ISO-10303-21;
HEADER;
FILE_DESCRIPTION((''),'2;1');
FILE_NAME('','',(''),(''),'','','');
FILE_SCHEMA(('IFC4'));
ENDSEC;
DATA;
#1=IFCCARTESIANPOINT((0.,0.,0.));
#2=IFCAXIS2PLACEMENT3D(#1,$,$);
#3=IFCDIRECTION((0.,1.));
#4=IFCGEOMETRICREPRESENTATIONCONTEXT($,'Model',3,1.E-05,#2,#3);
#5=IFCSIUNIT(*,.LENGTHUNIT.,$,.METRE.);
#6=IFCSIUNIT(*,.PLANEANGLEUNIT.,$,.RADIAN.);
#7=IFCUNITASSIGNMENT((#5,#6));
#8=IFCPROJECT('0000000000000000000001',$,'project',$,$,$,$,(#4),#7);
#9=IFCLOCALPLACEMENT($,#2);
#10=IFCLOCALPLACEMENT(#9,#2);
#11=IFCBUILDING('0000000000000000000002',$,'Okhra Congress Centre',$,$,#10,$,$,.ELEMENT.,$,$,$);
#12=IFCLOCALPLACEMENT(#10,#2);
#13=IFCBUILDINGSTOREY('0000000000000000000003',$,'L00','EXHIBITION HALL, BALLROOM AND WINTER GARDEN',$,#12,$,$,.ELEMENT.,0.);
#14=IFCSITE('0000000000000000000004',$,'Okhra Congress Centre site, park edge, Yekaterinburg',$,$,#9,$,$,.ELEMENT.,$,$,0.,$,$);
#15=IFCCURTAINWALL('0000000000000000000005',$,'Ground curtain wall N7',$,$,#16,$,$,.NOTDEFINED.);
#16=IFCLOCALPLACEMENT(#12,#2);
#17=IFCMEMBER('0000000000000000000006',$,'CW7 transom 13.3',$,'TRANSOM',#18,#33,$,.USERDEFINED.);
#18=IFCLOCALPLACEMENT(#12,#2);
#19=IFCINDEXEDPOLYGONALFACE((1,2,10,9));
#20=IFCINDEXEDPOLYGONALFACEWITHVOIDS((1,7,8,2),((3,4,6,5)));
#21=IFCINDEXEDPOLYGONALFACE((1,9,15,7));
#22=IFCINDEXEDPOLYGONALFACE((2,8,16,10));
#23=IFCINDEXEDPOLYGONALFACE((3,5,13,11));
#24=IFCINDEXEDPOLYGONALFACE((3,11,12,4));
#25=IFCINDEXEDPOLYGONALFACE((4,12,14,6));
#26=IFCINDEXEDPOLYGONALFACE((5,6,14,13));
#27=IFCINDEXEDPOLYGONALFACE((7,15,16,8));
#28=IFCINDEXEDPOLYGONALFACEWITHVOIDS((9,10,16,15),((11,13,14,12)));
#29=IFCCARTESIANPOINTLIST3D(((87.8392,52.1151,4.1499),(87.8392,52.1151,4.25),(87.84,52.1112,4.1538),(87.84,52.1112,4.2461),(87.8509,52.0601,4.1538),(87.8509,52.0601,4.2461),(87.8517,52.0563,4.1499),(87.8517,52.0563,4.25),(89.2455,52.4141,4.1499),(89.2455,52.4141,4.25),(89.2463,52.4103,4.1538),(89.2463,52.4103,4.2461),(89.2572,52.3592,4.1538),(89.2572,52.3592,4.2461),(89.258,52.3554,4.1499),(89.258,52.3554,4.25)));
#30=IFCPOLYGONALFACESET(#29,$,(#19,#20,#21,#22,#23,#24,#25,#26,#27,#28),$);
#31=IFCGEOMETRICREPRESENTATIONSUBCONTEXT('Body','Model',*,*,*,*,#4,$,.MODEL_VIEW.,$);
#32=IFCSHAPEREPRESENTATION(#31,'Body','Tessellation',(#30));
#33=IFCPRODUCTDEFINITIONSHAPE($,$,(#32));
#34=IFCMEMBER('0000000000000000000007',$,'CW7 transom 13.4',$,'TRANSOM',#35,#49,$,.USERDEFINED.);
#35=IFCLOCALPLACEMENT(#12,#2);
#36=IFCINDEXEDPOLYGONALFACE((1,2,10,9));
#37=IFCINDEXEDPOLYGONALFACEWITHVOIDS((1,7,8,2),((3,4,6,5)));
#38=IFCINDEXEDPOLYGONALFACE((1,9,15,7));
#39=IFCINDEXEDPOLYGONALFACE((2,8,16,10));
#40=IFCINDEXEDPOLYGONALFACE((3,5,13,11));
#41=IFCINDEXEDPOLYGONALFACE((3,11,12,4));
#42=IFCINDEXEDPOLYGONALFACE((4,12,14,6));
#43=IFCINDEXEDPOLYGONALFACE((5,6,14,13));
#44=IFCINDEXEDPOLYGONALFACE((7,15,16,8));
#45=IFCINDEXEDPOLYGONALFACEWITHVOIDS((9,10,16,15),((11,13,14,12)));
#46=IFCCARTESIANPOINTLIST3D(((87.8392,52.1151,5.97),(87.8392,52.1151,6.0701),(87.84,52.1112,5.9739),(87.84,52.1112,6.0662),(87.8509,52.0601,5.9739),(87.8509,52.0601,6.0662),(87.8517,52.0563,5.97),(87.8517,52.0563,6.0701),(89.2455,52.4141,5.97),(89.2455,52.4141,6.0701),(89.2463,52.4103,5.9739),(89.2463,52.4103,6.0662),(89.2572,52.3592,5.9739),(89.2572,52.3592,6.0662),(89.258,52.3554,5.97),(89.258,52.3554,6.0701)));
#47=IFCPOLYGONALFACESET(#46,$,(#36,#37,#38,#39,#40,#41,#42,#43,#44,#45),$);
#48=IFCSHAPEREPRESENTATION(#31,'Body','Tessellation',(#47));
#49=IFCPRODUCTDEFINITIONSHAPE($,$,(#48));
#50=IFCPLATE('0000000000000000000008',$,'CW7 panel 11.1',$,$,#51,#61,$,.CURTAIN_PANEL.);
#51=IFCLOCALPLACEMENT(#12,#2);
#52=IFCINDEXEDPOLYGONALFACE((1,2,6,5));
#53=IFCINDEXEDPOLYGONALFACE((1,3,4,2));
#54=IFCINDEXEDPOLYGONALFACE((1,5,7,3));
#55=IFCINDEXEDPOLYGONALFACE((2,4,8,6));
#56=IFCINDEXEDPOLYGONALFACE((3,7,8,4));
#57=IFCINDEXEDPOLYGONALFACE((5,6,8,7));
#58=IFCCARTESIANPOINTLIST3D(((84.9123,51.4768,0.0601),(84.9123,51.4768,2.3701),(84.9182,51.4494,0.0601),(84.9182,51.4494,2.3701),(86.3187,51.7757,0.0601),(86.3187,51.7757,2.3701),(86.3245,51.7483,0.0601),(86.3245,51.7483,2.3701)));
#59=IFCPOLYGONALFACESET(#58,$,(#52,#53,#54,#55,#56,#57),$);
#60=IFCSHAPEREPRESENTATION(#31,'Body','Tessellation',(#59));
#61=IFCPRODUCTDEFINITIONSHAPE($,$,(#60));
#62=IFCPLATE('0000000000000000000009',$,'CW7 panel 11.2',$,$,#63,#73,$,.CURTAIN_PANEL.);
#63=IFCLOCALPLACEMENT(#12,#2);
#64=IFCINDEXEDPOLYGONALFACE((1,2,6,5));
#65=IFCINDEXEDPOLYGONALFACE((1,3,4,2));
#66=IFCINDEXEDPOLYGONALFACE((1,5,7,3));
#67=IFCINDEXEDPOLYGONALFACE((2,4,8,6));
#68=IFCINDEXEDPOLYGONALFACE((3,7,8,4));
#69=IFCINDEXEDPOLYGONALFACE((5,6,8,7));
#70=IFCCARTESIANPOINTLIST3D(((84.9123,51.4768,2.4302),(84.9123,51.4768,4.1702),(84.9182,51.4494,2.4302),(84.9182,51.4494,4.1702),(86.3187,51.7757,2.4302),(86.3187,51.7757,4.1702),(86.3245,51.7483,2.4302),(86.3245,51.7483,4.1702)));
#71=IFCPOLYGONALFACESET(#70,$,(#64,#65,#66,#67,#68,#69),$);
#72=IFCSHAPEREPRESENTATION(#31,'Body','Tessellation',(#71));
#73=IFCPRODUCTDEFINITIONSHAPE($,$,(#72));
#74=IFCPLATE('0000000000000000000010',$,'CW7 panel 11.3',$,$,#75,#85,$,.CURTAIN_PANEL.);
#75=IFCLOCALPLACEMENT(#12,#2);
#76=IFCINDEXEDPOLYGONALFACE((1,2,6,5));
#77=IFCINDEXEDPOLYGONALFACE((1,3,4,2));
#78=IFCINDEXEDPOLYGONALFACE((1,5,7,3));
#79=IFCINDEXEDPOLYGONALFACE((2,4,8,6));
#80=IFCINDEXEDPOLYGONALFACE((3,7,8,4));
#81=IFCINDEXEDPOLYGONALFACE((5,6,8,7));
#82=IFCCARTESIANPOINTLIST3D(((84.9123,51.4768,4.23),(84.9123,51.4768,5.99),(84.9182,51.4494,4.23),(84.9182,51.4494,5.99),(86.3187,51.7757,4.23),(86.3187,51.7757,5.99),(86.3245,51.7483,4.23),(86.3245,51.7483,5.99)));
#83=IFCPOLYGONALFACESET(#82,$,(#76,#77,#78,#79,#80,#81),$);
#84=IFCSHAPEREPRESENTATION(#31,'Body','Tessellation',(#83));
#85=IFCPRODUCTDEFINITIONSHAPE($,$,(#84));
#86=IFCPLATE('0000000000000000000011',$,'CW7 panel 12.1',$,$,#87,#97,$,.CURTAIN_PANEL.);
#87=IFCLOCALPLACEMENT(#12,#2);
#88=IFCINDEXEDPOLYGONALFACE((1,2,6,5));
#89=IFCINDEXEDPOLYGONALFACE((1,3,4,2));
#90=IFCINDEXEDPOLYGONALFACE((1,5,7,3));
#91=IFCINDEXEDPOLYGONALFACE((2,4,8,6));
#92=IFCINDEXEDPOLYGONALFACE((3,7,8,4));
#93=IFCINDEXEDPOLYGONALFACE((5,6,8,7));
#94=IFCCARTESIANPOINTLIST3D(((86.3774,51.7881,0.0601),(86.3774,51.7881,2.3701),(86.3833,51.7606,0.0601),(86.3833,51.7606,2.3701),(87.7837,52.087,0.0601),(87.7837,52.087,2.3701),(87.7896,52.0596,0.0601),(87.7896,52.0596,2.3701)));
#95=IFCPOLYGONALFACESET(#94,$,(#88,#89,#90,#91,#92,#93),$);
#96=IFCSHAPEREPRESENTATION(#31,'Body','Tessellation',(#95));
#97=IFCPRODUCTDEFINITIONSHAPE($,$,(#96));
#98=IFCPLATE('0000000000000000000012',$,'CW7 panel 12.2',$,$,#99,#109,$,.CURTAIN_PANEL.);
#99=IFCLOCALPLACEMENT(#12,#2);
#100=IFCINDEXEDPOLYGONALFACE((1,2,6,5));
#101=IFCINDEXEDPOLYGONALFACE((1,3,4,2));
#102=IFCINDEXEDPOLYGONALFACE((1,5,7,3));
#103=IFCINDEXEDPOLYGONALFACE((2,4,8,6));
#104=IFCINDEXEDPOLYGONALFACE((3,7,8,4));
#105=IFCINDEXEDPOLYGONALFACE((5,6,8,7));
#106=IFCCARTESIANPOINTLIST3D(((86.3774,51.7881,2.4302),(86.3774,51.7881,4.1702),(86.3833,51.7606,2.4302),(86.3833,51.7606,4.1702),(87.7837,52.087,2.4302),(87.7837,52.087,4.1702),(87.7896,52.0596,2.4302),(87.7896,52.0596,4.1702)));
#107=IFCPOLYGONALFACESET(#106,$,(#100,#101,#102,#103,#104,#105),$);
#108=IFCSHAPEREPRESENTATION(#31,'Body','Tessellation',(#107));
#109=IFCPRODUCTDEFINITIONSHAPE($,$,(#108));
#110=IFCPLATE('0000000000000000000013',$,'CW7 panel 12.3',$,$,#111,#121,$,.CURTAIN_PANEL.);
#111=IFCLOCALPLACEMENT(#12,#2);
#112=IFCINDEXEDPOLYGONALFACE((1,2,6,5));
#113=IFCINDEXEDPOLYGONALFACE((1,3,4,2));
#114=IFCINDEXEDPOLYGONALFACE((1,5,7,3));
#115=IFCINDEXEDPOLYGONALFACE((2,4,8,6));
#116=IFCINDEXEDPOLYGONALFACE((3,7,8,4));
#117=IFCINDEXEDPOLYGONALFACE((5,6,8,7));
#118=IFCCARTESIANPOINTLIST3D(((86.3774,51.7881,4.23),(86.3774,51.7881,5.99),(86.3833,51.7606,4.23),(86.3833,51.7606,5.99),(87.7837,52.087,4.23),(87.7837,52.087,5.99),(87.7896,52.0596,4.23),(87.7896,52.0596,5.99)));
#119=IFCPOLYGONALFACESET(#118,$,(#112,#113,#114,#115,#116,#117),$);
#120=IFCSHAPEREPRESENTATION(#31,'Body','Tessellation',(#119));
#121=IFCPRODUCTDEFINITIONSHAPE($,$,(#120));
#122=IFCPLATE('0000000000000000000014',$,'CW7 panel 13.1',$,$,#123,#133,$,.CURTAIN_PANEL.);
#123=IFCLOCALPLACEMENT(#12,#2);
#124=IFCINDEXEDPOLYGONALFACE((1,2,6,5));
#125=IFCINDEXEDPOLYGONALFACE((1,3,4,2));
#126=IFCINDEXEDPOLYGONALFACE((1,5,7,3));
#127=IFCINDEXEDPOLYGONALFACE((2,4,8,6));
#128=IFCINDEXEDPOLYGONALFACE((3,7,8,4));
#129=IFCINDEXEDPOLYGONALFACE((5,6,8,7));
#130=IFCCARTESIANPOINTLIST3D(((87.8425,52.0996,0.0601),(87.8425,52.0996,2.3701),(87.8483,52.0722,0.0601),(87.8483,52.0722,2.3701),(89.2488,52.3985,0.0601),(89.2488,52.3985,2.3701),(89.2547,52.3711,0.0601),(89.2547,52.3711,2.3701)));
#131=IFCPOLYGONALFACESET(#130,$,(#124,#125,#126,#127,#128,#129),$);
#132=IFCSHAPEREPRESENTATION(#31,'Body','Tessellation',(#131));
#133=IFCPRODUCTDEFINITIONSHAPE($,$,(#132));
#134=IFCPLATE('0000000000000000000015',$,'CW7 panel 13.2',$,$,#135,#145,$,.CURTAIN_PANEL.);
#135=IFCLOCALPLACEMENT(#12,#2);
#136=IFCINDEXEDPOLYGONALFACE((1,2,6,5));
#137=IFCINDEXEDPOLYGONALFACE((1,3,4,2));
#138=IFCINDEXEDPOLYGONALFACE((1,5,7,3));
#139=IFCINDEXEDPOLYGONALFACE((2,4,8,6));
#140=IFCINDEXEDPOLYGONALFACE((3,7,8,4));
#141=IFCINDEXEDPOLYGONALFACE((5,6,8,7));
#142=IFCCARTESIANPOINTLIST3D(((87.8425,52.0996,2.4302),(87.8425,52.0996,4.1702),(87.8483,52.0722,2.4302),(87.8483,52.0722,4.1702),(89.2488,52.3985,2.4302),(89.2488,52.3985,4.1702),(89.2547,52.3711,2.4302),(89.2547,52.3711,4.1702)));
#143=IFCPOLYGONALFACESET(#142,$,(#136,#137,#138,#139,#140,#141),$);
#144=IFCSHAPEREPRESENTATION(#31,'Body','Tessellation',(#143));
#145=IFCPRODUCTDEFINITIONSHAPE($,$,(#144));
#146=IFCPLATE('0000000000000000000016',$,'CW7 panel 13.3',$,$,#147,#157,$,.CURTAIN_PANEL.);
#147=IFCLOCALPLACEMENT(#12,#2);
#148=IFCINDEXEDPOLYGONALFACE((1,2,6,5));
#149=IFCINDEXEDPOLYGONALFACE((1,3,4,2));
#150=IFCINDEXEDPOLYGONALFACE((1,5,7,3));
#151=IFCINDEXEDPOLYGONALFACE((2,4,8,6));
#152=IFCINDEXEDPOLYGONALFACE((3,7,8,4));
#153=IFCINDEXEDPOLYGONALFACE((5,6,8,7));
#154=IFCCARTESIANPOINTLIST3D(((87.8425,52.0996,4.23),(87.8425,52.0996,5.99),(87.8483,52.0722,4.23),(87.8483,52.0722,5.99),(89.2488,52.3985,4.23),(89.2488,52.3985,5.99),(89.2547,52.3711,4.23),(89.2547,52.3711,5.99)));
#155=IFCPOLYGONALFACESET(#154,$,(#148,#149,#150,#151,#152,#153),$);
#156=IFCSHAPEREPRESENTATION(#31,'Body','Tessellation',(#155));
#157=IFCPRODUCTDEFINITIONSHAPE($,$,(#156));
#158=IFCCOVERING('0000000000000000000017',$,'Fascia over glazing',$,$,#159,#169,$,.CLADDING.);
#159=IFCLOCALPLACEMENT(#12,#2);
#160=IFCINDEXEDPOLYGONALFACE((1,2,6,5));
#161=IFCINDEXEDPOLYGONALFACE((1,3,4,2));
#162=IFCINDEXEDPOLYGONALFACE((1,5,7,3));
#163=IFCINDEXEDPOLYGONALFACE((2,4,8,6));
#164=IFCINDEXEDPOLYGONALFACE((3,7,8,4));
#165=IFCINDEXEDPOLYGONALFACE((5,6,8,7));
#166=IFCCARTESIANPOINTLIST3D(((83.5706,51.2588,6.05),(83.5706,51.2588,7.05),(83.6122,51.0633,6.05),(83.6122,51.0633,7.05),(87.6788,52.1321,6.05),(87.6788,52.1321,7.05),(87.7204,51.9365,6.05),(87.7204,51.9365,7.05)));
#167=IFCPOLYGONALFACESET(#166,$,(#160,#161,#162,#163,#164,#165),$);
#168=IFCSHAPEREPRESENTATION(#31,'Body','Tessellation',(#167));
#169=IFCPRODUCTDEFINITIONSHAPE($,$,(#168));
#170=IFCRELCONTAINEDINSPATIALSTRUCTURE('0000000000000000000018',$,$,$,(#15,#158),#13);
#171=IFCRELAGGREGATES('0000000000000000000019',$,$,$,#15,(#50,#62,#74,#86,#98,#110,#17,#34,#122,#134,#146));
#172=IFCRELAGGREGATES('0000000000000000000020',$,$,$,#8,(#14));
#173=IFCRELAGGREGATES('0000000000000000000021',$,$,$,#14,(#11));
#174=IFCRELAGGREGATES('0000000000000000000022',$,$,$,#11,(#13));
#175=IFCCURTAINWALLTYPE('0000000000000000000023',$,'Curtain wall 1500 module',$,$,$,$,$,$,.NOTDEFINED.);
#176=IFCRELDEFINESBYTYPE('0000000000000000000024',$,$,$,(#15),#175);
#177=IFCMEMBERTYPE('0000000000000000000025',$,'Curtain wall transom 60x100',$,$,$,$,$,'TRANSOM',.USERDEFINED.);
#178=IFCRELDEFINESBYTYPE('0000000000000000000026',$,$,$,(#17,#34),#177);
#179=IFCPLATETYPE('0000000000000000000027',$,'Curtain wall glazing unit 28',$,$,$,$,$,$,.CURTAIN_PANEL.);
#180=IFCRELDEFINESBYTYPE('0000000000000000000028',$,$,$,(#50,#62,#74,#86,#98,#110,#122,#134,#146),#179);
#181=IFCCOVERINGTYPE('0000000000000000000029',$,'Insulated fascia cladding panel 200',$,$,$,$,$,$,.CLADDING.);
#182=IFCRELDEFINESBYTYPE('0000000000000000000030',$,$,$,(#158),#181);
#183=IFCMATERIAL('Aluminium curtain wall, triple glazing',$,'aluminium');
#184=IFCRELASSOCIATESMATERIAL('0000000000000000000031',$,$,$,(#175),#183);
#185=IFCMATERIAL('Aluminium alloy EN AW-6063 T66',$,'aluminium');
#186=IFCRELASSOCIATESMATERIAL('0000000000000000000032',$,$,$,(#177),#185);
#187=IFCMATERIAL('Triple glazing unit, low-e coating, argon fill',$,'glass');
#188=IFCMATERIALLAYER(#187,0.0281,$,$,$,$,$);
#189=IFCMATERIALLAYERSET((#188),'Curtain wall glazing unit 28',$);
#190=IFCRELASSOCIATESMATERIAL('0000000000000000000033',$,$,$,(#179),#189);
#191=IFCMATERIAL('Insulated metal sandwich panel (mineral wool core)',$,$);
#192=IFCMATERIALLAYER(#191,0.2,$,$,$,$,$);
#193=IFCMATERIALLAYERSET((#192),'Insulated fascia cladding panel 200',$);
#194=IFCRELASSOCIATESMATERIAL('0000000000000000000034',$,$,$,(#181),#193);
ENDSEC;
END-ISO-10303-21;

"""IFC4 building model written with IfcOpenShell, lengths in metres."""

from ifc_helpers import new_model, si_unit, direction, frame, origin, origin_2d, place, context, subcontext, project, spatial, rectangle, hollow_rectangle, extrude, material, layer, layer_set, material_profile, profile_set, type_object, element, aggregate, save


model = new_model("IFC4")

# Units and contexts
model_context = context("Model", 3, precision=1e-05, world=origin(), true_north=direction((0.0, 1.0)))
body_context = subcontext(model_context, "Body", "Model", "MODEL_VIEW")
ifc_project = project(units=[si_unit("LENGTHUNIT", "METRE"), si_unit("PLANEANGLEUNIT", "RADIAN")], contexts=[model_context])

# Site, building, storey
site_placement = place(None, origin())
site = spatial("IfcSite", under=ifc_project, at=site_placement, Name="Okhra Congress Centre site, park edge, Yekaterinburg", CompositionType="ELEMENT", RefElevation=0.0)
building_placement = place(site_placement, origin())
building = spatial("IfcBuilding", under=site, at=building_placement, Name="Okhra Congress Centre", CompositionType="ELEMENT")
storey_placement = place(building_placement, origin())
storey = spatial("IfcBuildingStorey", under=building, at=storey_placement, Name="L00", Description="EXHIBITION HALL, BALLROOM AND WINTER GARDEN", CompositionType="ELEMENT", Elevation=0.0)

# Curtain wall, members, plates
ifc_material_1 = material(Name="Aluminium curtain wall, triple glazing", Category="aluminium")
curtain_wall_type = type_object("IfcCurtainWallType", Name="Curtain wall 1500 module", PredefinedType="NOTDEFINED", material=ifc_material_1)
curtain_wall_placement = place(storey_placement, origin())
curtain_wall = element("IfcCurtainWall", 1, at=curtain_wall_placement, inside=storey, type_object=curtain_wall_type, Name="Ground curtain wall N7", PredefinedType="NOTDEFINED")
ifc_material_2 = material(Name="Aluminium alloy EN AW-6063 T66", Category="aluminium")
ifc_material_profile_1 = material_profile(ifc_material_2, hollow_rectangle(XDim=0.0601, YDim=0.1001, WallThickness=0.0039, at=origin_2d()), Name="RHS 60x100x4")
ifc_profile_set_1 = profile_set([ifc_material_profile_1], Name="Aluminium alloy EN AW-6063 T66")
member_type_1 = type_object("IfcMemberType", Name="Curtain wall transom 60x100", ElementType="TRANSOM", PredefinedType="USERDEFINED", material=ifc_profile_set_1)
member_1_placement = place(storey_placement, frame((87.8455, 52.0857, 4.2), z_axis=(0.978124, 0.208021, 0.0), x_axis=(-0.208021, 0.978124, 0.0)))
member_1 = element("IfcMember", 2, at=member_1_placement, type_object=member_type_1, Name="CW7 transom 13.3", ObjectType="TRANSOM", PredefinedType="USERDEFINED", context=body_context, shape_type="SweptSolid", body=[
    extrude(hollow_rectangle(XDim=0.0601, YDim=0.1001, WallThickness=0.0039, at=origin_2d()), origin(), (0.0, 0.0, 1.0), 1.4377),
])
member_2_placement = place(storey_placement, frame((87.8455, 52.0857, 6.02), z_axis=(0.978124, 0.208021, 0.0), x_axis=(-0.208021, 0.978124, 0.0)))
member_2 = element("IfcMember", 3, at=member_2_placement, type_object=member_type_1, Name="CW7 transom 13.4", ObjectType="TRANSOM", PredefinedType="USERDEFINED", context=body_context, shape_type="SweptSolid", body=[
    extrude(hollow_rectangle(XDim=0.0601, YDim=0.1001, WallThickness=0.0039, at=origin_2d()), origin(), (0.0, 0.0, 1.0), 1.4377),
])
ifc_material_3 = material(Name="Triple glazing unit, low-e coating, argon fill", Category="glass")
ifc_layer_1 = layer(ifc_material_3, 0.0281)
ifc_layer_set_1 = layer_set([ifc_layer_1], Name="Curtain wall glazing unit 28")
plate_type = type_object("IfcPlateType", Name="Curtain wall glazing unit 28", PredefinedType="CURTAIN_PANEL", material=ifc_layer_set_1)
plate_1_placement = place(storey_placement, frame((85.6184, 51.6125, 0.0601), z_axis=(0.0, 0.0, 1.0), x_axis=(0.978148, 0.207912, 0.0)))
plate_1 = element("IfcPlate", 4, at=plate_1_placement, type_object=plate_type, Name="CW7 panel 11.1", PredefinedType="CURTAIN_PANEL", context=body_context, shape_type="SweptSolid", body=[
    extrude(rectangle(XDim=1.4377, YDim=0.0281, at=origin_2d()), origin(), (0.0, 0.0, 1.0), 2.3101),
])
plate_2_placement = place(storey_placement, frame((85.6184, 51.6125, 2.4302), z_axis=(0.0, 0.0, 1.0), x_axis=(0.978148, 0.207912, 0.0)))
plate_2 = element("IfcPlate", 5, at=plate_2_placement, type_object=plate_type, Name="CW7 panel 11.2", PredefinedType="CURTAIN_PANEL", context=body_context, shape_type="SweptSolid", body=[
    extrude(rectangle(XDim=1.4377, YDim=0.0281, at=origin_2d()), origin(), (0.0, 0.0, 1.0), 1.74),
])
plate_3_placement = place(storey_placement, frame((85.6184, 51.6125, 4.23), z_axis=(0.0, 0.0, 1.0), x_axis=(0.978148, 0.207912, 0.0)))
plate_3 = element("IfcPlate", 6, at=plate_3_placement, type_object=plate_type, Name="CW7 panel 11.3", PredefinedType="CURTAIN_PANEL", context=body_context, shape_type="SweptSolid", body=[
    extrude(rectangle(XDim=1.4377, YDim=0.0281, at=origin_2d()), origin(), (0.0, 0.0, 1.0), 1.76),
])
plate_4_placement = place(storey_placement, frame((87.0835, 51.9238, 0.0601), z_axis=(0.0, 0.0, 1.0), x_axis=(0.978148, 0.207912, 0.0)))
plate_4 = element("IfcPlate", 7, at=plate_4_placement, type_object=plate_type, Name="CW7 panel 12.1", PredefinedType="CURTAIN_PANEL", context=body_context, shape_type="SweptSolid", body=[
    extrude(rectangle(XDim=1.4377, YDim=0.0281, at=origin_2d()), origin(), (0.0, 0.0, 1.0), 2.3101),
])
plate_5_placement = place(storey_placement, frame((87.0835, 51.9238, 2.4302), z_axis=(0.0, 0.0, 1.0), x_axis=(0.978148, 0.207912, 0.0)))
plate_5 = element("IfcPlate", 8, at=plate_5_placement, type_object=plate_type, Name="CW7 panel 12.2", PredefinedType="CURTAIN_PANEL", context=body_context, shape_type="SweptSolid", body=[
    extrude(rectangle(XDim=1.4377, YDim=0.0281, at=origin_2d()), origin(), (0.0, 0.0, 1.0), 1.74),
])
plate_6_placement = place(storey_placement, frame((87.0835, 51.9238, 4.23), z_axis=(0.0, 0.0, 1.0), x_axis=(0.978148, 0.207912, 0.0)))
plate_6 = element("IfcPlate", 9, at=plate_6_placement, type_object=plate_type, Name="CW7 panel 12.3", PredefinedType="CURTAIN_PANEL", context=body_context, shape_type="SweptSolid", body=[
    extrude(rectangle(XDim=1.4377, YDim=0.0281, at=origin_2d()), origin(), (0.0, 0.0, 1.0), 1.76),
])
plate_7_placement = place(storey_placement, frame((88.5486, 52.2354, 0.0601), z_axis=(0.0, 0.0, 1.0), x_axis=(0.978148, 0.207912, 0.0)))
plate_7 = element("IfcPlate", 10, at=plate_7_placement, type_object=plate_type, Name="CW7 panel 13.1", PredefinedType="CURTAIN_PANEL", context=body_context, shape_type="SweptSolid", body=[
    extrude(rectangle(XDim=1.4377, YDim=0.0281, at=origin_2d()), origin(), (0.0, 0.0, 1.0), 2.3101),
])
plate_8_placement = place(storey_placement, frame((88.5486, 52.2354, 2.4302), z_axis=(0.0, 0.0, 1.0), x_axis=(0.978148, 0.207912, 0.0)))
plate_8 = element("IfcPlate", 11, at=plate_8_placement, type_object=plate_type, Name="CW7 panel 13.2", PredefinedType="CURTAIN_PANEL", context=body_context, shape_type="SweptSolid", body=[
    extrude(rectangle(XDim=1.4377, YDim=0.0281, at=origin_2d()), origin(), (0.0, 0.0, 1.0), 1.74),
])
plate_9_placement = place(storey_placement, frame((88.5486, 52.2354, 4.23), z_axis=(0.0, 0.0, 1.0), x_axis=(0.978148, 0.207912, 0.0)))
plate_9 = element("IfcPlate", 12, at=plate_9_placement, type_object=plate_type, Name="CW7 panel 13.3", PredefinedType="CURTAIN_PANEL", context=body_context, shape_type="SweptSolid", body=[
    extrude(rectangle(XDim=1.4377, YDim=0.0281, at=origin_2d()), origin(), (0.0, 0.0, 1.0), 1.76),
])
aggregate(curtain_wall, [plate_1, plate_2, plate_3, plate_4, plate_5, plate_6, member_1, member_2, plate_7, plate_8, plate_9])

# Covering
ifc_material_4 = material(Name="Insulated metal sandwich panel (mineral wool core)")
ifc_layer_2 = layer(ifc_material_4, 0.2)
ifc_layer_set_2 = layer_set([ifc_layer_2], Name="Insulated fascia cladding panel 200")
covering_type = type_object("IfcCoveringType", Name="Insulated fascia cladding panel 200", PredefinedType="CLADDING", material=ifc_layer_set_2)
covering_placement = place(storey_placement, frame((85.6455, 51.5977, 6.05), z_axis=(0.0, 0.0, 1.0), x_axis=(0.978148, 0.207912, 0.0)))
element("IfcCovering", 13, at=covering_placement, inside=storey, type_object=covering_type, Name="Fascia over glazing", PredefinedType="CLADDING", context=body_context, shape_type="SweptSolid", body=[
    extrude(rectangle(XDim=4.2, YDim=0.2, at=origin_2d()), origin(), (0.0, 0.0, 1.0), 1.0),
])

save(model, "model.ifc")
